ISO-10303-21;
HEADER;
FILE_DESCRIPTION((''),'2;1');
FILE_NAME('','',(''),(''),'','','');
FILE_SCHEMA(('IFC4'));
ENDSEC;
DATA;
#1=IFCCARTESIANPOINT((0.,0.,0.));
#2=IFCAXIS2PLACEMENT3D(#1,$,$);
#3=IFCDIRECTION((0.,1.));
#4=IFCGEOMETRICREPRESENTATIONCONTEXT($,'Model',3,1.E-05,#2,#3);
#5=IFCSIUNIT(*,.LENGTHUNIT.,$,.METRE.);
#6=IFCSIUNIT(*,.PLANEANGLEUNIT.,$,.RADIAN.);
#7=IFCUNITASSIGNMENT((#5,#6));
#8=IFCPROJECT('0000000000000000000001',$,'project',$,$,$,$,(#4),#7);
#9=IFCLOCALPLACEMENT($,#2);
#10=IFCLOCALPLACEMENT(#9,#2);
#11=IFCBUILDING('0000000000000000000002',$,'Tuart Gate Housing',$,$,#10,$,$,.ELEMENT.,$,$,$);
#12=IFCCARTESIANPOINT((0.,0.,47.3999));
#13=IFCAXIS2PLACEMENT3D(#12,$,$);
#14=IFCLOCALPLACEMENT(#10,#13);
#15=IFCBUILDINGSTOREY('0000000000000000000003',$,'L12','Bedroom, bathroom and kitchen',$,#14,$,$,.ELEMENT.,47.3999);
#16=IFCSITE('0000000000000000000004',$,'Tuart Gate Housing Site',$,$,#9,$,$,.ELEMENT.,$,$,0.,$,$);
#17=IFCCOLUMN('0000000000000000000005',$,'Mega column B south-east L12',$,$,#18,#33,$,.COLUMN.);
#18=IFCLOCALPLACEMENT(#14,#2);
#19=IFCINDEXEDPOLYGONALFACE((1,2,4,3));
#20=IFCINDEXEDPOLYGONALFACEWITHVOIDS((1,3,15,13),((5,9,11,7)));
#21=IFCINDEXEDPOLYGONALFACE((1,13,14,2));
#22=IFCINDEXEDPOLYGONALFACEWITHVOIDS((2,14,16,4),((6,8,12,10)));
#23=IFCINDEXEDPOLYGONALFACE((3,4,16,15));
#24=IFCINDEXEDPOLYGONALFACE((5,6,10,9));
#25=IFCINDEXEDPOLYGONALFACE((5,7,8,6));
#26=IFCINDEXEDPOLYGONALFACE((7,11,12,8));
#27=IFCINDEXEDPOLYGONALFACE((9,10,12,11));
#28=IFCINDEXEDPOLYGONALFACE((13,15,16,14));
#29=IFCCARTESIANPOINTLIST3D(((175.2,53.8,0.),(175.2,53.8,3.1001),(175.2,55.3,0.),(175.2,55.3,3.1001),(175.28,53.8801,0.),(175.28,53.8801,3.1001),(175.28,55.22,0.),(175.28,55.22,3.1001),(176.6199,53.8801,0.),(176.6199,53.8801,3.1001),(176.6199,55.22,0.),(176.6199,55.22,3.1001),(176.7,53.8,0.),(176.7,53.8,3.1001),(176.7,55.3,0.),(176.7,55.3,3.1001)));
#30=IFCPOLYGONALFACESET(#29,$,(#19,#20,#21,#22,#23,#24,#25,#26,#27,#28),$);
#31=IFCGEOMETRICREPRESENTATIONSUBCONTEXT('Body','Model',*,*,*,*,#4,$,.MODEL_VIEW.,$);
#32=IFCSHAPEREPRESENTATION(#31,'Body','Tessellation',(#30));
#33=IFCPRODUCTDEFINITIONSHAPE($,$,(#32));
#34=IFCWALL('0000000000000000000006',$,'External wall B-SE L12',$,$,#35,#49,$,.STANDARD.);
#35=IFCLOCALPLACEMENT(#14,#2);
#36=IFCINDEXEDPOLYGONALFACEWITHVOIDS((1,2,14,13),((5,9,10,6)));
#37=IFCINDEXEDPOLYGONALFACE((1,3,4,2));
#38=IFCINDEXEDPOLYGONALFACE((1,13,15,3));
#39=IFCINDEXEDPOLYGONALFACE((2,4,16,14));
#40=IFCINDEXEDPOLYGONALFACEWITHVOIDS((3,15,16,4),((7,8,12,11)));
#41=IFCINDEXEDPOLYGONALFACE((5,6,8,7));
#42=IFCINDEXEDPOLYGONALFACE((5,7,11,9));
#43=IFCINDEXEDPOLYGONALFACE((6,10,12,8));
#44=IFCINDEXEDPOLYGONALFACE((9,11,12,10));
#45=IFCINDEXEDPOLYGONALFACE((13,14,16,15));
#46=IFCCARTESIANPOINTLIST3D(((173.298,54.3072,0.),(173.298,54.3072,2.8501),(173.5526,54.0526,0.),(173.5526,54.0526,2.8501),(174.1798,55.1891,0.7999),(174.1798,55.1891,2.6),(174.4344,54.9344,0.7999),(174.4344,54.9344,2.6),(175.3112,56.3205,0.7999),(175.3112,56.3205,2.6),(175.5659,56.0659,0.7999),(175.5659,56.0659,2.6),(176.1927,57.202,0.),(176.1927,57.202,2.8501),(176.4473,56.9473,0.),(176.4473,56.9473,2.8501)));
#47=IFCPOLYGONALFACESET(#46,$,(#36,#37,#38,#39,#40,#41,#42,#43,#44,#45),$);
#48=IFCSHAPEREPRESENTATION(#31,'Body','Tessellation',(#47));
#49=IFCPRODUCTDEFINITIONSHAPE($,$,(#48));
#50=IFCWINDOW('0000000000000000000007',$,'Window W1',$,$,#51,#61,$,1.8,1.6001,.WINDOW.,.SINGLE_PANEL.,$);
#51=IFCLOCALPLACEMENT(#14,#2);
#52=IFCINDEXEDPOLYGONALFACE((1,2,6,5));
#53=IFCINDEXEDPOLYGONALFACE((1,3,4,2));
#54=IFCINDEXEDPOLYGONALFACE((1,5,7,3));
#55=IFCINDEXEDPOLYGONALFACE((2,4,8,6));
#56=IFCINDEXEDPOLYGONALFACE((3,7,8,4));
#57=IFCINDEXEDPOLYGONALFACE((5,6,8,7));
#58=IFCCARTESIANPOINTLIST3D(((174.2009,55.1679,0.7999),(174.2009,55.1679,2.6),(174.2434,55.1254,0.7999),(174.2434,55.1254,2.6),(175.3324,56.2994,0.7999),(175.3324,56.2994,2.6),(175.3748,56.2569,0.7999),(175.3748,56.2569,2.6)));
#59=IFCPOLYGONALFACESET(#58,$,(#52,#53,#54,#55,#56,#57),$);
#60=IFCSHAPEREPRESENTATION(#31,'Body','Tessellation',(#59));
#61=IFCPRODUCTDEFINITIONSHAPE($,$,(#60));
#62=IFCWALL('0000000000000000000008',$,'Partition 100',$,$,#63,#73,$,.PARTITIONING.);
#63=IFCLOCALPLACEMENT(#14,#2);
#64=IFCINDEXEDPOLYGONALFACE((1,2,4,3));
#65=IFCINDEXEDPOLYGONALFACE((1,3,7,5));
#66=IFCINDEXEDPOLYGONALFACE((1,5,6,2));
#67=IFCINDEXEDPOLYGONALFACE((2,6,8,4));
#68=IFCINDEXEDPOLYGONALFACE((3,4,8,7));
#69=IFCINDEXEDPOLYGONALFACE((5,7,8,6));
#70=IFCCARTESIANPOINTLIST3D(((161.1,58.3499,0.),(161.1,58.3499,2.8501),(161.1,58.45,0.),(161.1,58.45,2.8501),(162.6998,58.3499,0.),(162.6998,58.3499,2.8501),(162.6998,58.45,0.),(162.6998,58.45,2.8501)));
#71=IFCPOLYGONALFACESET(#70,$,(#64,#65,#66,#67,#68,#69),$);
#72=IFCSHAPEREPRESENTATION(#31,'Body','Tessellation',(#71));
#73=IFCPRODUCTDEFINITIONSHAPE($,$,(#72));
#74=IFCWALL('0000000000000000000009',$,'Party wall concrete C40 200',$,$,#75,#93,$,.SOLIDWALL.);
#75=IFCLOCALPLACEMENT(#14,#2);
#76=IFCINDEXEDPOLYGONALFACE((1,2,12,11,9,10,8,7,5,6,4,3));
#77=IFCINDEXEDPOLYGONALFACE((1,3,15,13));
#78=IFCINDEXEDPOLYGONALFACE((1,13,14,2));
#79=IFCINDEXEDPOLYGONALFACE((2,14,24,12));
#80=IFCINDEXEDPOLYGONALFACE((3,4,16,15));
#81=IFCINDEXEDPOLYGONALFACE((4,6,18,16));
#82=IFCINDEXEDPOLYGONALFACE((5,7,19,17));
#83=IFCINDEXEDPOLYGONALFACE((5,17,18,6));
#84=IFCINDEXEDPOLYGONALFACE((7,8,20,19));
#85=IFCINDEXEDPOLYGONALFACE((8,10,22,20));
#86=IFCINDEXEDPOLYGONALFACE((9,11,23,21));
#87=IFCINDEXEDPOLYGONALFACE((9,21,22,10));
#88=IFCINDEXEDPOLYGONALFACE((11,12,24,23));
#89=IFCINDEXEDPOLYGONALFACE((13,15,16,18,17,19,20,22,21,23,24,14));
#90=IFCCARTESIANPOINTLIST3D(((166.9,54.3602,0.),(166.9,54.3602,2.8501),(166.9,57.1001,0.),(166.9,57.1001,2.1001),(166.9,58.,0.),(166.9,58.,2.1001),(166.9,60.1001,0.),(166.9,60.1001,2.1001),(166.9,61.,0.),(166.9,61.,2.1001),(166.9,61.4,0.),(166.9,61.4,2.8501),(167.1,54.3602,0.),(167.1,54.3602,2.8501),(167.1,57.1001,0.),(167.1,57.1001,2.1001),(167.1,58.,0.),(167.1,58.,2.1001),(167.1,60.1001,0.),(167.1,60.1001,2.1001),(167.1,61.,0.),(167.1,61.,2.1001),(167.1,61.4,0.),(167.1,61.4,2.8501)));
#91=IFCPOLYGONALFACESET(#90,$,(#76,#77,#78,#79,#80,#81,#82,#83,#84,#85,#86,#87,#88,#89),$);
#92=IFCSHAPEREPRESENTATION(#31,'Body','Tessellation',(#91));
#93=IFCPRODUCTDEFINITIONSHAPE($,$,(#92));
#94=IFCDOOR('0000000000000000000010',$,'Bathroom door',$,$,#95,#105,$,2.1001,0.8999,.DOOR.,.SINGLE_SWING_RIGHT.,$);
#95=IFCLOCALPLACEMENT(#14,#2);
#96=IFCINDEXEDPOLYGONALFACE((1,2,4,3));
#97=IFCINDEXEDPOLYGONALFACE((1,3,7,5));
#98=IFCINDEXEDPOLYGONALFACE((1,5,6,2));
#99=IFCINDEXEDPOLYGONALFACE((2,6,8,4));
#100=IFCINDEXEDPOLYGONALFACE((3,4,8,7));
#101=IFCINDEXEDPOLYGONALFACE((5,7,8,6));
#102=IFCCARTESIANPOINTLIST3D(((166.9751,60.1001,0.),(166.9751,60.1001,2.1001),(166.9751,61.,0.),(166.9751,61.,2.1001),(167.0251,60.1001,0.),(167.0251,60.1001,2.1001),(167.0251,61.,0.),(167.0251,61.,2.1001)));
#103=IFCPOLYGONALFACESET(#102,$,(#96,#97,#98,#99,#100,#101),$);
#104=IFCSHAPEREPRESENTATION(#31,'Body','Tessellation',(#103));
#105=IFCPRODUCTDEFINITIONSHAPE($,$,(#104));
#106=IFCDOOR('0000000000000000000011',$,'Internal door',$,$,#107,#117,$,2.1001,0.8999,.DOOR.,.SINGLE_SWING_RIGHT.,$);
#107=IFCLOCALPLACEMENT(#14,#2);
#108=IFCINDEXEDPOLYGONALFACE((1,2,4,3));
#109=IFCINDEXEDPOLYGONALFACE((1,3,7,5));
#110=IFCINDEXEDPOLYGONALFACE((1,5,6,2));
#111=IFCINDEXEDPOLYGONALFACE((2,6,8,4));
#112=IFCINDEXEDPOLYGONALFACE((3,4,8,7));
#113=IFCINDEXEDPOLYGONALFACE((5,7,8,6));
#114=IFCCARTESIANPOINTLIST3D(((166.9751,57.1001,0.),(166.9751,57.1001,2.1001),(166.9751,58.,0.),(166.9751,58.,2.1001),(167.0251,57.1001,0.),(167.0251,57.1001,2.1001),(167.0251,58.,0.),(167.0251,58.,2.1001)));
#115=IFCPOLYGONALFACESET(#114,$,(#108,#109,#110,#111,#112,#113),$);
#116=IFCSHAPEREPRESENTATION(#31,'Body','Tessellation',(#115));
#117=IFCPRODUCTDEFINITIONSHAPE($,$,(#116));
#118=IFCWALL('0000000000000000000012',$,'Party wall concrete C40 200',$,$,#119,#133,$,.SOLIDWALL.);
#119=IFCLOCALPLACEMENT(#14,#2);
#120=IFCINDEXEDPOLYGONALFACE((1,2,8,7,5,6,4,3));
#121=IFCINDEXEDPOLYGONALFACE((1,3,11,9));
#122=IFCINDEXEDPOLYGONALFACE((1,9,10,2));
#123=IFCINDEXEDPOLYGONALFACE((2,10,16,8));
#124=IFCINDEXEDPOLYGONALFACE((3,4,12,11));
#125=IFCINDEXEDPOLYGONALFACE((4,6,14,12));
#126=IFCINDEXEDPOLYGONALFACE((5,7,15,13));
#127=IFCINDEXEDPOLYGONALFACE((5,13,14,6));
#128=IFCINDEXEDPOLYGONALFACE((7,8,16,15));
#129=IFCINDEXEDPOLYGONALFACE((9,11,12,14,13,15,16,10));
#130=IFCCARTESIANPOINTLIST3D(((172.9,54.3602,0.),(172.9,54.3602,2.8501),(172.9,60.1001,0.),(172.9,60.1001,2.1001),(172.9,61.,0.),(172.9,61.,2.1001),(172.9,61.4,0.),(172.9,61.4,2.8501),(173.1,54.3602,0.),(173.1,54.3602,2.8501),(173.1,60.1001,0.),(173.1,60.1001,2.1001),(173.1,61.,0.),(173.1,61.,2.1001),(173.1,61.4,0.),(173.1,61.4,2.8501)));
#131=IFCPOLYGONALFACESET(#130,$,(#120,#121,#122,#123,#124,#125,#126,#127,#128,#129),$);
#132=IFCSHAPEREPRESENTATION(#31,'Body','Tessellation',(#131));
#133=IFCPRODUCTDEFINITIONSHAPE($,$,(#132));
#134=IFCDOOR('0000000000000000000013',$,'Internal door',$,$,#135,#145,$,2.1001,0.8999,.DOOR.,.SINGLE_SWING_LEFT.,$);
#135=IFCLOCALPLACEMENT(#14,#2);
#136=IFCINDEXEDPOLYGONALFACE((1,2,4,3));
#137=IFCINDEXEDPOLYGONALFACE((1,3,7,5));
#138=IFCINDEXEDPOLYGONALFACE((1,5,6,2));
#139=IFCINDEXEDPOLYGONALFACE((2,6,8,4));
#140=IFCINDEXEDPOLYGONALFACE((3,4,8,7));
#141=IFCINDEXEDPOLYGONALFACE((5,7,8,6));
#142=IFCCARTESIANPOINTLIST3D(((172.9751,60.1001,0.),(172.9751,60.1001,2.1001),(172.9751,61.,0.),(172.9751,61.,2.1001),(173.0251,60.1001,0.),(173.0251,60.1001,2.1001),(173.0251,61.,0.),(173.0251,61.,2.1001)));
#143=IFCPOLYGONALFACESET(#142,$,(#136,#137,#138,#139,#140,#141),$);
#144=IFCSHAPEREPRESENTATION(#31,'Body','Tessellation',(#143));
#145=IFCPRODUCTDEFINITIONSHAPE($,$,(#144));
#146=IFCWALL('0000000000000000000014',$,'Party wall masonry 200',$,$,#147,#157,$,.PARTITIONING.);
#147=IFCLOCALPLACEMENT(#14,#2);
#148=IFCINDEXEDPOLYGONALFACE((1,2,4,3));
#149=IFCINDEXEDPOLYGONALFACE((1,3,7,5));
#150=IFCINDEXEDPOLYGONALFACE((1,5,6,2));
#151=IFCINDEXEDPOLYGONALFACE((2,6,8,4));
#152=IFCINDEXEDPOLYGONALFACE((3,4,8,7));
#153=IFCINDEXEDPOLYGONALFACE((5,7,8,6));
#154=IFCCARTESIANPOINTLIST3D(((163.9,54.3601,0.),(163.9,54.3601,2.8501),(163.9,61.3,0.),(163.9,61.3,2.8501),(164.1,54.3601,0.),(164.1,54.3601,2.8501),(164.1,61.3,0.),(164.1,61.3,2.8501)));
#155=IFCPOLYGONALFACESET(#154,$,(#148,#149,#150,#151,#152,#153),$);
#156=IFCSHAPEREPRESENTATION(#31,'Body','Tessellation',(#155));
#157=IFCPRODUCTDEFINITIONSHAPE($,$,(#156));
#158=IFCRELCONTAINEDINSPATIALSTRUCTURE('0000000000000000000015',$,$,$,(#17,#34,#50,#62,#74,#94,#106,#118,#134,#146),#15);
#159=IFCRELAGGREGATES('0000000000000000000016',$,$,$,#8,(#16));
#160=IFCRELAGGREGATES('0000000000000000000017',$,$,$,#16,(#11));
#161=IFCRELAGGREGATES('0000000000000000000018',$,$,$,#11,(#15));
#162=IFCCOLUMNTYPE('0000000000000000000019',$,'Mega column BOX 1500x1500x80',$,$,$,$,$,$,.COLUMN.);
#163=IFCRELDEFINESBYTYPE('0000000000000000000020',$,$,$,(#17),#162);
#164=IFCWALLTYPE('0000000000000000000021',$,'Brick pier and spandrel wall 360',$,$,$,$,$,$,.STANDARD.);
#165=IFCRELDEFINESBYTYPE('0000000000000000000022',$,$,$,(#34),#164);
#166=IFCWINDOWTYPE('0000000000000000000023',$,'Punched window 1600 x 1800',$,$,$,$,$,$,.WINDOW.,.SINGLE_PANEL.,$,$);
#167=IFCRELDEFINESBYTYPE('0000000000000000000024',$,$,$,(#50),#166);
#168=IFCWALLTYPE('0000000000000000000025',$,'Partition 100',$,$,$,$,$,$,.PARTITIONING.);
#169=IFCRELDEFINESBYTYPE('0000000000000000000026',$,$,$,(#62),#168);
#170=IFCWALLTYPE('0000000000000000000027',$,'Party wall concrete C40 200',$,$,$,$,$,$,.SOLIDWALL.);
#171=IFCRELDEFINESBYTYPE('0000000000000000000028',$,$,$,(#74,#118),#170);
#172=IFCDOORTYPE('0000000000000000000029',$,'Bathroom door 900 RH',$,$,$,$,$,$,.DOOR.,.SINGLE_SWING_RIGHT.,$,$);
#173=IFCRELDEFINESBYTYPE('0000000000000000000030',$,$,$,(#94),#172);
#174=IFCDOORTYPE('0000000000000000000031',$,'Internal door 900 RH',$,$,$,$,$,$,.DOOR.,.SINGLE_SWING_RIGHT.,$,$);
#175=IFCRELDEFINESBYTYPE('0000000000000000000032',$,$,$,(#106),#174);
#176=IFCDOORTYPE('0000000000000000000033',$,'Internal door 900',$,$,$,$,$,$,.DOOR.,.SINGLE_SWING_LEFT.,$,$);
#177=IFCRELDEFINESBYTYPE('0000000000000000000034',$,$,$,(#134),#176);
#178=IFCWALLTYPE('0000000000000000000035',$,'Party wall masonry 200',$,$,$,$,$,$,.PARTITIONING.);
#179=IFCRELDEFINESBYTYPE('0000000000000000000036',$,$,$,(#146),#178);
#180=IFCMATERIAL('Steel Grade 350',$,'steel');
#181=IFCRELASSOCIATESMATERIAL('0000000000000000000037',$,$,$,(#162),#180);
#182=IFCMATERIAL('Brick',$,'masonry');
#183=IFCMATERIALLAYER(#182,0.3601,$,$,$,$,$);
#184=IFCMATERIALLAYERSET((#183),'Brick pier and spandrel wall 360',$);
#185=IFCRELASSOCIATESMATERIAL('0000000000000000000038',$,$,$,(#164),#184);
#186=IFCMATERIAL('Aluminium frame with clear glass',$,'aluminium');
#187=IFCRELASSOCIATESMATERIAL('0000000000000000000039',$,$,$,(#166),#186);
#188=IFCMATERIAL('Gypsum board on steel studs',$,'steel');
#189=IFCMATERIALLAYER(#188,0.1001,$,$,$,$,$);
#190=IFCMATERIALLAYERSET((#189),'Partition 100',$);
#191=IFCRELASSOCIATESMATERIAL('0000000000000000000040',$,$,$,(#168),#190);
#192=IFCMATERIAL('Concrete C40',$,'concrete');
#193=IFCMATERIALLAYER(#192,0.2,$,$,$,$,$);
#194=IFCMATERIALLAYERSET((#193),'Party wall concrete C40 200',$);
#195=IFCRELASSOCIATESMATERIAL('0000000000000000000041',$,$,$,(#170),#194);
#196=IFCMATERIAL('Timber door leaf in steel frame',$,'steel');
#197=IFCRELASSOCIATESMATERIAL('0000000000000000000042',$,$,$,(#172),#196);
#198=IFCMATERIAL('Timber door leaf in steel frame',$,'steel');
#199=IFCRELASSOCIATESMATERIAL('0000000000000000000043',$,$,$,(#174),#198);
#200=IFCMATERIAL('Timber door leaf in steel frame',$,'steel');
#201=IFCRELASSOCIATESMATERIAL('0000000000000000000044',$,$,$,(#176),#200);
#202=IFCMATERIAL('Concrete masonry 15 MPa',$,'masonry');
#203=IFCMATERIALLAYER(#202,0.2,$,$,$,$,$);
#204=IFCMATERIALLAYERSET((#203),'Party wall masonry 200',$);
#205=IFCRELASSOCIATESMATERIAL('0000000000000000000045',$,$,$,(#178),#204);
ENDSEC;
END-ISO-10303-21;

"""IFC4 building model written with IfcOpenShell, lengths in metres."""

from ifc_helpers import new_model, si_unit, direction, frame, frame_2d, origin, origin_2d, place, context, subcontext, project, spatial, rectangle, hollow_rectangle, extrude, material, layer, layer_set, material_profile, profile_set, type_object, element, fill, save


model = new_model("IFC4")

# Units and contexts
model_context = context("Model", 3, precision=1e-05, world=origin(), true_north=direction((0.0, 1.0)))
body_context = subcontext(model_context, "Body", "Model", "MODEL_VIEW")
ifc_project = project(units=[si_unit("LENGTHUNIT", "METRE"), si_unit("PLANEANGLEUNIT", "RADIAN")], contexts=[model_context])

# Site, building, storey
site_placement = place(None, origin())
site = spatial("IfcSite", under=ifc_project, at=site_placement, Name="Tuart Gate Housing Site", CompositionType="ELEMENT", RefElevation=0.0)
building_placement = place(site_placement, origin())
building = spatial("IfcBuilding", under=site, at=building_placement, Name="Tuart Gate Housing", CompositionType="ELEMENT")
storey_placement = place(building_placement, frame((0.0, 0.0, 47.3999)))
storey = spatial("IfcBuildingStorey", under=building, at=storey_placement, Name="L12", Description="Bedroom, bathroom and kitchen", CompositionType="ELEMENT", Elevation=47.3999)

# Column
ifc_material_1 = material(Name="Steel Grade 350", Category="steel")
ifc_material_profile = material_profile(ifc_material_1, hollow_rectangle(XDim=1.5, YDim=1.5, WallThickness=0.0801, at=origin_2d()), Name="BOX 1500x1500x80")
ifc_profile_set = profile_set([ifc_material_profile], Name="Steel Grade 350")
column_type = type_object("IfcColumnType", Name="Mega column BOX 1500x1500x80", PredefinedType="COLUMN", material=ifc_profile_set)
column_placement = place(storey_placement, frame((175.95, 54.55, 0.0), z_axis=(0.0, 0.0, 1.0), x_axis=(1.0, 0.0, 0.0)))
element("IfcColumn", 1, at=column_placement, inside=storey, type_object=column_type, Name="Mega column B south-east L12", PredefinedType="COLUMN", context=body_context, shape_type="SweptSolid", body=[
    extrude(hollow_rectangle(XDim=1.5, YDim=1.5, WallThickness=0.0801, at=origin_2d()), origin(), (0.0, 0.0, 1.0), 3.1001),
])

# Wall, opening, window
ifc_material_2 = material(Name="Brick", Category="masonry")
ifc_layer_1 = layer(ifc_material_2, 0.3601)
ifc_layer_set_1 = layer_set([ifc_layer_1], Name="Brick pier and spandrel wall 360")
wall_type_1 = type_object("IfcWallType", Name="Brick pier and spandrel wall 360", PredefinedType="STANDARD", material=ifc_layer_set_1)
wall_1_placement = place(storey_placement, frame((173.4253, 54.1799, 0.0), z_axis=(0.0, 0.0, 1.0), x_axis=(0.707107, 0.707107, 0.0)))
wall_1 = element("IfcWall", 2, at=wall_1_placement, inside=storey, type_object=wall_type_1, Name="External wall B-SE L12", PredefinedType="STANDARD", context=body_context, shape_type="SweptSolid", body=[
    extrude(rectangle(XDim=4.0938, YDim=0.3601, at=frame_2d((2.0469, 0.0))), origin(), (0.0, 0.0, 1.0), 2.8501),
])
opening_1_placement = place(wall_1_placement, frame((1.2471, 0.0, 0.8)))
opening_1 = element("IfcOpeningElement", 3, at=opening_1_placement, cuts=wall_1, PredefinedType="OPENING", context=body_context, shape_type="SweptSolid", body=[
    extrude(rectangle(XDim=1.6001, YDim=1.8, at=frame_2d((0.8, 0.8999))), frame((0.0, 0.1899, 0.0), z_axis=(0.0, -1.0, 0.0), x_axis=(1.0, 0.0, 0.0)), (0.0, 0.0, 1.0), 0.3801),
])
ifc_material_3 = material(Name="Aluminium frame with clear glass", Category="aluminium")
window_type_1 = type_object("IfcWindowType", Name="Punched window 1600 x 1800", PartitioningType="SINGLE_PANEL", PredefinedType="WINDOW", material=ifc_material_3)
window_1_placement = place(opening_1_placement, origin())
window_1 = element("IfcWindow", 4, at=window_1_placement, inside=storey, type_object=window_type_1, Name="Window W1", OverallHeight=1.8, OverallWidth=1.6001, PartitioningType="SINGLE_PANEL", PredefinedType="WINDOW", context=body_context, shape_type="SweptSolid", body=[
    extrude(rectangle(XDim=1.6001, YDim=1.8, at=frame_2d((0.8, 0.8999))), frame((0.0, 0.1501, 0.0), z_axis=(0.0, -1.0, 0.0), x_axis=(1.0, 0.0, 0.0)), (0.0, 0.0, 1.0), 0.0601),
])
fill(opening_1, window_1)

# Wall
ifc_material_4 = material(Name="Gypsum board on steel studs", Category="steel")
ifc_layer_2 = layer(ifc_material_4, 0.1001)
ifc_layer_set_2 = layer_set([ifc_layer_2], Name="Partition 100")
wall_type_2 = type_object("IfcWallType", Name="Partition 100", PredefinedType="PARTITIONING", material=ifc_layer_set_2)
wall_2_placement = place(storey_placement, frame((161.1001, 58.3999, 0.0), z_axis=(0.0, 0.0, 1.0), x_axis=(1.0, 0.0, 0.0)))
element("IfcWall", 5, at=wall_2_placement, inside=storey, type_object=wall_type_2, Name="Partition 100", PredefinedType="PARTITIONING", context=body_context, shape_type="SweptSolid", body=[
    extrude(rectangle(XDim=1.5999, YDim=0.1001, at=frame_2d((0.7998, 0.0))), origin(), (0.0, 0.0, 1.0), 2.8501),
])

# Wall, openings, doors
ifc_material_5 = material(Name="Concrete C40", Category="concrete")
ifc_layer_3 = layer(ifc_material_5, 0.2)
ifc_layer_set_3 = layer_set([ifc_layer_3], Name="Party wall concrete C40 200")
wall_type_3 = type_object("IfcWallType", Name="Party wall concrete C40 200", PredefinedType="SOLIDWALL", material=ifc_layer_set_3)
wall_3_placement = place(storey_placement, frame((167.0, 54.3601, 0.0), z_axis=(0.0, 0.0, 1.0), x_axis=(0.0, 1.0, 0.0)))
wall_3 = element("IfcWall", 6, at=wall_3_placement, inside=storey, type_object=wall_type_3, Name="Party wall concrete C40 200", PredefinedType="SOLIDWALL", context=body_context, shape_type="SweptSolid", body=[
    extrude(rectangle(XDim=7.0398, YDim=0.2, at=frame_2d((3.52, 0.0))), origin(), (0.0, 0.0, 1.0), 2.8501),
])
opening_2_placement = place(wall_3_placement, frame((2.74, 0.0, 0.0)))
opening_2 = element("IfcOpeningElement", 7, at=opening_2_placement, cuts=wall_3, PredefinedType="OPENING", context=body_context, shape_type="SweptSolid", body=[
    extrude(rectangle(XDim=0.8999, YDim=2.1001, at=frame_2d((0.45, 1.05))), frame((0.0, 0.1099, 0.0), z_axis=(0.0, -1.0, 0.0), x_axis=(1.0, 0.0, 0.0)), (0.0, 0.0, 1.0), 0.22),
])
opening_3_placement = place(wall_3_placement, frame((5.74, 0.0, 0.0)))
opening_3 = element("IfcOpeningElement", 8, at=opening_3_placement, cuts=wall_3, PredefinedType="OPENING", context=body_context, shape_type="SweptSolid", body=[
    extrude(rectangle(XDim=0.8999, YDim=2.1001, at=frame_2d((0.45, 1.05))), frame((0.0, 0.1099, 0.0), z_axis=(0.0, -1.0, 0.0), x_axis=(1.0, 0.0, 0.0)), (0.0, 0.0, 1.0), 0.22),
])
ifc_material_6 = material(Name="Timber door leaf in steel frame", Category="steel")
door_type_1 = type_object("IfcDoorType", Name="Bathroom door 900 RH", OperationType="SINGLE_SWING_RIGHT", PredefinedType="DOOR", material=ifc_material_6)
door_1_placement = place(opening_3_placement, origin())
door_1 = element("IfcDoor", 9, at=door_1_placement, inside=storey, type_object=door_type_1, Name="Bathroom door", OperationType="SINGLE_SWING_RIGHT", OverallHeight=2.1001, OverallWidth=0.8999, PredefinedType="DOOR", context=body_context, shape_type="SweptSolid", body=[
    extrude(rectangle(XDim=0.8999, YDim=2.1001, at=frame_2d((0.45, 1.05))), frame((0.0, 0.0249, 0.0), z_axis=(0.0, -1.0, 0.0), x_axis=(1.0, 0.0, 0.0)), (0.0, 0.0, 1.0), 0.05),
])
fill(opening_3, door_1)
ifc_material_7 = material(Name="Timber door leaf in steel frame", Category="steel")
door_type_2 = type_object("IfcDoorType", Name="Internal door 900 RH", OperationType="SINGLE_SWING_RIGHT", PredefinedType="DOOR", material=ifc_material_7)
door_2_placement = place(opening_2_placement, origin())
door_2 = element("IfcDoor", 10, at=door_2_placement, inside=storey, type_object=door_type_2, Name="Internal door", OperationType="SINGLE_SWING_RIGHT", OverallHeight=2.1001, OverallWidth=0.8999, PredefinedType="DOOR", context=body_context, shape_type="SweptSolid", body=[
    extrude(rectangle(XDim=0.8999, YDim=2.1001, at=frame_2d((0.45, 1.05))), frame((0.0, 0.0249, 0.0), z_axis=(0.0, -1.0, 0.0), x_axis=(1.0, 0.0, 0.0)), (0.0, 0.0, 1.0), 0.05),
])
fill(opening_2, door_2)

# Wall, opening, door
wall_4_placement = place(storey_placement, frame((173.0, 54.3601, 0.0), z_axis=(0.0, 0.0, 1.0), x_axis=(0.0, 1.0, 0.0)))
wall_4 = element("IfcWall", 11, at=wall_4_placement, inside=storey, type_object=wall_type_3, Name="Party wall concrete C40 200", PredefinedType="SOLIDWALL", context=body_context, shape_type="SweptSolid", body=[
    extrude(rectangle(XDim=7.0398, YDim=0.2, at=frame_2d((3.52, 0.0))), origin(), (0.0, 0.0, 1.0), 2.8501),
])
opening_4_placement = place(wall_4_placement, frame((5.74, 0.0, 0.0)))
opening_4 = element("IfcOpeningElement", 12, at=opening_4_placement, cuts=wall_4, PredefinedType="OPENING", context=body_context, shape_type="SweptSolid", body=[
    extrude(rectangle(XDim=0.8999, YDim=2.1001, at=frame_2d((0.45, 1.05))), frame((0.0, 0.1099, 0.0), z_axis=(0.0, -1.0, 0.0), x_axis=(1.0, 0.0, 0.0)), (0.0, 0.0, 1.0), 0.22),
])
ifc_material_8 = material(Name="Timber door leaf in steel frame", Category="steel")
door_type_3 = type_object("IfcDoorType", Name="Internal door 900", OperationType="SINGLE_SWING_LEFT", PredefinedType="DOOR", material=ifc_material_8)
door_3_placement = place(opening_4_placement, frame((0.8999, 0.0, 0.0), z_axis=(0.0, 0.0, 1.0), x_axis=(-1.0, 0.0, 0.0)))
door_3 = element("IfcDoor", 13, at=door_3_placement, inside=storey, type_object=door_type_3, Name="Internal door", OperationType="SINGLE_SWING_LEFT", OverallHeight=2.1001, OverallWidth=0.8999, PredefinedType="DOOR", context=body_context, shape_type="SweptSolid", body=[
    extrude(rectangle(XDim=0.8999, YDim=2.1001, at=frame_2d((0.45, 1.05))), frame((0.0, 0.0251, 0.0), z_axis=(0.0, -1.0, 0.0), x_axis=(1.0, 0.0, 0.0)), (0.0, 0.0, 1.0), 0.05),
])
fill(opening_4, door_3)

# Wall
ifc_material_9 = material(Name="Concrete masonry 15 MPa", Category="masonry")
ifc_layer_4 = layer(ifc_material_9, 0.2)
ifc_layer_set_4 = layer_set([ifc_layer_4], Name="Party wall masonry 200")
wall_type_4 = type_object("IfcWallType", Name="Party wall masonry 200", PredefinedType="PARTITIONING", material=ifc_layer_set_4)
wall_5_placement = place(storey_placement, frame((164.0, 54.3601, 0.0), z_axis=(0.0, 0.0, 1.0), x_axis=(0.0, 1.0, 0.0)))
element("IfcWall", 14, at=wall_5_placement, inside=storey, type_object=wall_type_4, Name="Party wall masonry 200", PredefinedType="PARTITIONING", context=body_context, shape_type="SweptSolid", body=[
    extrude(rectangle(XDim=6.9399, YDim=0.2, at=frame_2d((3.47, 0.0))), origin(), (0.0, 0.0, 1.0), 2.8501),
])

save(model, "model.ifc")
